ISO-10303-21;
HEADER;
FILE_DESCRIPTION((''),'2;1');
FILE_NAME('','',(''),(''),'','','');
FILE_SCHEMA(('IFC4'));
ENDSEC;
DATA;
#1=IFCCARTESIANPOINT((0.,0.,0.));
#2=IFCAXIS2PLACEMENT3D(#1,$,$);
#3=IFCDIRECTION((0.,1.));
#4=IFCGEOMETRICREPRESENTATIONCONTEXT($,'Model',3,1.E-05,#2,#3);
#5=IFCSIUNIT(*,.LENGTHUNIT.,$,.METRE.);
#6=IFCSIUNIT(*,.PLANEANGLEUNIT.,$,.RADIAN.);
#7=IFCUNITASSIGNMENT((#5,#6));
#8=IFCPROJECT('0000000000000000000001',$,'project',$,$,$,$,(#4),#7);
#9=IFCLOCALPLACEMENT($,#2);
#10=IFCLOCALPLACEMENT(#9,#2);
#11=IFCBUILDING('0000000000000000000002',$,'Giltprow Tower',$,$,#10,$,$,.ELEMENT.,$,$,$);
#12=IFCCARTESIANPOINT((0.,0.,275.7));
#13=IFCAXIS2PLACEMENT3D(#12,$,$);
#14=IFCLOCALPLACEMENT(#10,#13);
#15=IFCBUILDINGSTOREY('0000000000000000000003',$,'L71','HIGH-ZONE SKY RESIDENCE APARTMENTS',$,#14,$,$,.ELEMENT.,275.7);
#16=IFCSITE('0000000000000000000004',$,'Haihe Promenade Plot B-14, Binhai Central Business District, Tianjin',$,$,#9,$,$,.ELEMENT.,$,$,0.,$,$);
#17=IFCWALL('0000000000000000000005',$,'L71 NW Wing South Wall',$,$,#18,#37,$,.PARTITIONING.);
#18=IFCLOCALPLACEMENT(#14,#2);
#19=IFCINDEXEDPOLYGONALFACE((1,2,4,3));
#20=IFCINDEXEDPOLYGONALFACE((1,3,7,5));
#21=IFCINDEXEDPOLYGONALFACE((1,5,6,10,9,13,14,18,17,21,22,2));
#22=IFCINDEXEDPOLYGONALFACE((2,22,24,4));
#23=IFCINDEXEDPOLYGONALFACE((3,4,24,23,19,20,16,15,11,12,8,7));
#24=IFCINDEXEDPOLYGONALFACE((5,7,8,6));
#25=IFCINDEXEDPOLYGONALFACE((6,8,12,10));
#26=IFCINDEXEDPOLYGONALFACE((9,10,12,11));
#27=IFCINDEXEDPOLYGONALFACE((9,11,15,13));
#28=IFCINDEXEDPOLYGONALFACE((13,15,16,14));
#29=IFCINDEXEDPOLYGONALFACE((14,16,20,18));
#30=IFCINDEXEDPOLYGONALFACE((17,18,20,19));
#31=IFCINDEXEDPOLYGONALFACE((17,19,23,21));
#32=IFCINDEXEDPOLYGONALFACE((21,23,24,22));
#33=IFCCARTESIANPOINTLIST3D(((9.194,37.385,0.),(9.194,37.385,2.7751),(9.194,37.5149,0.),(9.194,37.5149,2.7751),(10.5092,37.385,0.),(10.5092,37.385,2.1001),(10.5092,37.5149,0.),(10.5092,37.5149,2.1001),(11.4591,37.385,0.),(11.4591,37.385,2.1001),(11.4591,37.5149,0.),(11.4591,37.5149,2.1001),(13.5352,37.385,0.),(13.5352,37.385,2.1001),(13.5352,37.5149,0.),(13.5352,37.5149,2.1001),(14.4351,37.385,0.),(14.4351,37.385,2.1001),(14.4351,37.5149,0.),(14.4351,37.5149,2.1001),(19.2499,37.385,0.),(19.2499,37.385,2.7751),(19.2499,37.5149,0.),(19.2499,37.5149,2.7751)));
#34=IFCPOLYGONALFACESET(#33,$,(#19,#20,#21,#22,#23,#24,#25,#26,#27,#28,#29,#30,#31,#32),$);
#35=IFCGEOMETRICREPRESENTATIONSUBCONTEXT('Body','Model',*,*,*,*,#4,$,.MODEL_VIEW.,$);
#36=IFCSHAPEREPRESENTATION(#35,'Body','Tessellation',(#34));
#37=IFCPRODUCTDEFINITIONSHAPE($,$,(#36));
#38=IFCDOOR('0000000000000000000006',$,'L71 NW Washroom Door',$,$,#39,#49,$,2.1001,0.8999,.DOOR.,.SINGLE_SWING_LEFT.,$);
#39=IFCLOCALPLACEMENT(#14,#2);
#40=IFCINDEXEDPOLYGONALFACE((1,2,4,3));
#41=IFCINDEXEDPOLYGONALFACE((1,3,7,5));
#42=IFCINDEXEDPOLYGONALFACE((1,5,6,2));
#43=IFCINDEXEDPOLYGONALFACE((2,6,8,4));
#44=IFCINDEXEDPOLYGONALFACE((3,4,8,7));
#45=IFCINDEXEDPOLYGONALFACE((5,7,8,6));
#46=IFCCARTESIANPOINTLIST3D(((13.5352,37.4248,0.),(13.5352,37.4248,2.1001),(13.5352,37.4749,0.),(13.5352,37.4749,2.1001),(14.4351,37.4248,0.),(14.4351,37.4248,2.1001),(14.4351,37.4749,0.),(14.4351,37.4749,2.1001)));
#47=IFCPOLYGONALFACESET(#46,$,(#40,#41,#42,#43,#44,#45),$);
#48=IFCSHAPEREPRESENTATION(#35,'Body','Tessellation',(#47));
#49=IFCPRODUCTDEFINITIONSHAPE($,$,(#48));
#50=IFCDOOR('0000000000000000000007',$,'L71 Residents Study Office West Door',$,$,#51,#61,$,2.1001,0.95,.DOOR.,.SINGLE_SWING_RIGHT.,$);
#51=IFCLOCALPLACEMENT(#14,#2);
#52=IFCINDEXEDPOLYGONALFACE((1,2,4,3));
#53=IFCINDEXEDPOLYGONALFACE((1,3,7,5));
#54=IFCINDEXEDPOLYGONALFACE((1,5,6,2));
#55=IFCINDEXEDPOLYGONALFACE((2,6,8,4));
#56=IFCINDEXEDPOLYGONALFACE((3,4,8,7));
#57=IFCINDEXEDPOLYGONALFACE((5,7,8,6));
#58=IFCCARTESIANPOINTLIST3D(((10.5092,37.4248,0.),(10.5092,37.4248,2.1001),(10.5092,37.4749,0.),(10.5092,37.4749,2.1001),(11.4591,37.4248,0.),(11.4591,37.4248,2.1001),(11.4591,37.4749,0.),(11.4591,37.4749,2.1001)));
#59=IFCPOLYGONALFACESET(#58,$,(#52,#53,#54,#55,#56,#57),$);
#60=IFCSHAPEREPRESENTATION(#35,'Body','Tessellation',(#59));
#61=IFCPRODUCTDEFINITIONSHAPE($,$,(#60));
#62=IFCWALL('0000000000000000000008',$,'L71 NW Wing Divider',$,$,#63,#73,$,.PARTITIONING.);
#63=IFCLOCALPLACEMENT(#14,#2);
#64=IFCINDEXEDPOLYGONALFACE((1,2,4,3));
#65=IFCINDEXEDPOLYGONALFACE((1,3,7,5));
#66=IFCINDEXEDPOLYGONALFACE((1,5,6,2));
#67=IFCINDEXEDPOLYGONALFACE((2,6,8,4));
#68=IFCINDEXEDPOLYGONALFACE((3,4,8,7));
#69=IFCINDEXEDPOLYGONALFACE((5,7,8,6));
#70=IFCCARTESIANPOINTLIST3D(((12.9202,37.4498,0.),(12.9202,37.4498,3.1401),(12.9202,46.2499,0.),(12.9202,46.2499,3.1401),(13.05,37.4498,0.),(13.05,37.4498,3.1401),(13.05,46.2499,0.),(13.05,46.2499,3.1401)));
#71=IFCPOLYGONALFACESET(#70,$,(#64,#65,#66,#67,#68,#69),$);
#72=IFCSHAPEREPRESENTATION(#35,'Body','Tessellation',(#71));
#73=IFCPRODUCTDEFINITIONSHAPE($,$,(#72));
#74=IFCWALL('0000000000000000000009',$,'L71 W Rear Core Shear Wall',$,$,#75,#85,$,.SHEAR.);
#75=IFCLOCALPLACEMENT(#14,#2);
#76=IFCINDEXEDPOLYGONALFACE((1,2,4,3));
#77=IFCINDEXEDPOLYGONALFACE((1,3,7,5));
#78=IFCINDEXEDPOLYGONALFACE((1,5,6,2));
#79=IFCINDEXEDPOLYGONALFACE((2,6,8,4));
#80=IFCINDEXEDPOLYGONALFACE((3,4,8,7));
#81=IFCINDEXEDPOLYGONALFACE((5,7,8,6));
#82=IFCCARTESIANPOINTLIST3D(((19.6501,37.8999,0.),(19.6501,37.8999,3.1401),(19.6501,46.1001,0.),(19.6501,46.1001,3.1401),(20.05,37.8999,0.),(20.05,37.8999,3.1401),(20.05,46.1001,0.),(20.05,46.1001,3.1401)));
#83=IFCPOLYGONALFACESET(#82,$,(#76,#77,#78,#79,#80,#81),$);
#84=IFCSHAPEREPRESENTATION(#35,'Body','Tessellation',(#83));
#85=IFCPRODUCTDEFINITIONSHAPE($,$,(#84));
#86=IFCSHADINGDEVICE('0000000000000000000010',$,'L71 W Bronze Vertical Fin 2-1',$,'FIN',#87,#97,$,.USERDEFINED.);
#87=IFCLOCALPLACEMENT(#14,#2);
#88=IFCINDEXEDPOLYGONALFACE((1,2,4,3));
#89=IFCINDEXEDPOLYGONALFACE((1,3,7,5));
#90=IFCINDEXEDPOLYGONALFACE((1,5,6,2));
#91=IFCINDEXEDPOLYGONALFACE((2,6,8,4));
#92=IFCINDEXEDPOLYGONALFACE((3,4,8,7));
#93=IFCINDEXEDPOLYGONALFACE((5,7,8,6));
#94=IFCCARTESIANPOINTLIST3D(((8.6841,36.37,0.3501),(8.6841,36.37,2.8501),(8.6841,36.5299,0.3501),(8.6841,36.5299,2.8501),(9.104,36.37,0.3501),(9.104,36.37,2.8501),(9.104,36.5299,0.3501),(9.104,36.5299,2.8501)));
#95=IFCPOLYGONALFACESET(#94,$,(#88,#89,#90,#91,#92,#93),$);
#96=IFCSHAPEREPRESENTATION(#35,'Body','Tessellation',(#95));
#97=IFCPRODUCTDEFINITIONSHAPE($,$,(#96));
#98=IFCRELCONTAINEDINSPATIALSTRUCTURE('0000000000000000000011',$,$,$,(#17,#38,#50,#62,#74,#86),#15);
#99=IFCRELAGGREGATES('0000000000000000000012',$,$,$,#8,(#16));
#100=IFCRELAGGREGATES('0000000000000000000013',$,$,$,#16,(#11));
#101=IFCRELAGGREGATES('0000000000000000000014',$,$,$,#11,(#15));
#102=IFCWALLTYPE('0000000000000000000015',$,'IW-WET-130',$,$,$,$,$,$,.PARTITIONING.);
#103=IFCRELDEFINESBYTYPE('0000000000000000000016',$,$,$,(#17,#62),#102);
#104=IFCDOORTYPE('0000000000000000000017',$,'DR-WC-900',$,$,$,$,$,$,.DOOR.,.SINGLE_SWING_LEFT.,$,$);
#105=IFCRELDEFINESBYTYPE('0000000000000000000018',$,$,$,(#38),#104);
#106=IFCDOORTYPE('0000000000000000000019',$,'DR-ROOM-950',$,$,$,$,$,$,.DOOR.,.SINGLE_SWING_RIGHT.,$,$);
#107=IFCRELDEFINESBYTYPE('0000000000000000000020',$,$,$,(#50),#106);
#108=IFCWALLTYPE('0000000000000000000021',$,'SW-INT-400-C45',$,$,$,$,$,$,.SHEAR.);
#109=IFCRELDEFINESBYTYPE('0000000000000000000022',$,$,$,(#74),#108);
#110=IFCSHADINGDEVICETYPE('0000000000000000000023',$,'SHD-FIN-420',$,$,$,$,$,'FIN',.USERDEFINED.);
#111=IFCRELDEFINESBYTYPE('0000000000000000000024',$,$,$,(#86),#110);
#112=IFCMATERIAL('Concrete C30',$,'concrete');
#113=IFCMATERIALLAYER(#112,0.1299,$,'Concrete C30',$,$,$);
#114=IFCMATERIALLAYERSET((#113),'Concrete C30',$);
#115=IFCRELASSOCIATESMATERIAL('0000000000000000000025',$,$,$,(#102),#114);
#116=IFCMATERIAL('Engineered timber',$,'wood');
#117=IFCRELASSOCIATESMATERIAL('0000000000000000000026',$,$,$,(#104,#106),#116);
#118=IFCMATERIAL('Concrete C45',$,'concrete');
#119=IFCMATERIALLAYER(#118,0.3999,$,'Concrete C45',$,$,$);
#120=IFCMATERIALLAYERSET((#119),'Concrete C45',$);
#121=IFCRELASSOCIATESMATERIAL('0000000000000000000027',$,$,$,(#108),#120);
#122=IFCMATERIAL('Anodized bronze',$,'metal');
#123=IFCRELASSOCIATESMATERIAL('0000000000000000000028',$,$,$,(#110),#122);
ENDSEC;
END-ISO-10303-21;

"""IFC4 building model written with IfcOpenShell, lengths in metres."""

from ifc_helpers import new_model, si_unit, direction, frame, frame_2d, origin, origin_2d, place, context, subcontext, project, spatial, rectangle, extrude, source, transform, mapped, material, layer, layer_set, type_object, element, fill, save


model = new_model("IFC4")

# Units and contexts
model_context = context("Model", 3, precision=1e-05, world=origin(), true_north=direction((0.0, 1.0)))
body_context = subcontext(model_context, "Body", "Model", "MODEL_VIEW")
ifc_project = project(units=[si_unit("LENGTHUNIT", "METRE"), si_unit("PLANEANGLEUNIT", "RADIAN")], contexts=[model_context])

# Site, building, storey
site_placement = place(None, origin())
site = spatial("IfcSite", under=ifc_project, at=site_placement, Name="Haihe Promenade Plot B-14, Binhai Central Business District, Tianjin", CompositionType="ELEMENT", RefElevation=0.0)
building_placement = place(site_placement, origin())
building = spatial("IfcBuilding", under=site, at=building_placement, Name="Giltprow Tower", CompositionType="ELEMENT")
storey_placement = place(building_placement, frame((0.0, 0.0, 275.7)))
storey = spatial("IfcBuildingStorey", under=building, at=storey_placement, Name="L71", Description="HIGH-ZONE SKY RESIDENCE APARTMENTS", CompositionType="ELEMENT", Elevation=275.7)

# Shared definitions
ifc_material_1 = material(Name="Concrete C45", Category="concrete")

# Shared definitions
ifc_material_2 = material(Name="Engineered timber", Category="wood")

# Wall, openings, doors
ifc_material_3 = material(Name="Concrete C30", Category="concrete")
ifc_layer_1 = layer(ifc_material_3, 0.1299, Name="Concrete C30")
ifc_layer_set_1 = layer_set([ifc_layer_1], Name="Concrete C30")
wall_type_1 = type_object("IfcWallType", Name="IW-WET-130", PredefinedType="PARTITIONING", material=ifc_layer_set_1)
wall_1_placement = place(storey_placement, frame((9.1941, 37.45, 0.0), z_axis=(0.0, 0.0, 1.0), x_axis=(1.0, 0.0, 0.0)))
wall_1 = element("IfcWall", 1, at=wall_1_placement, inside=storey, type_object=wall_type_1, Name="L71 NW Wing South Wall", PredefinedType="PARTITIONING", context=body_context, shape_type="SweptSolid", body=[
    extrude(rectangle(XDim=10.0559, YDim=0.1299, at=frame_2d((5.0278, 0.0))), origin(), (0.0, 0.0, 1.0), 2.7751),
])
opening_1_placement = place(wall_1_placement, frame((1.3149, 0.0, 0.0)))
opening_1 = element("IfcOpeningElement", 2, at=opening_1_placement, cuts=wall_1, PredefinedType="OPENING", context=body_context, shape_type="SweptSolid", body=[
    extrude(rectangle(XDim=0.95, YDim=2.1001, at=frame_2d((0.4751, 1.05))), frame((0.0, 0.075, 0.0), z_axis=(0.0, -1.0, 0.0), x_axis=(1.0, 0.0, 0.0)), (0.0, 0.0, 1.0), 0.1499),
])
opening_2_placement = place(wall_1_placement, frame((4.3411, 0.0, 0.0)))
opening_2 = element("IfcOpeningElement", 3, at=opening_2_placement, cuts=wall_1, PredefinedType="OPENING", context=body_context, shape_type="SweptSolid", body=[
    extrude(rectangle(XDim=0.8999, YDim=2.1001, at=frame_2d((0.45, 1.05))), frame((0.0, 0.075, 0.0), z_axis=(0.0, -1.0, 0.0), x_axis=(1.0, 0.0, 0.0)), (0.0, 0.0, 1.0), 0.1499),
])
door_type_1 = type_object("IfcDoorType", Name="DR-WC-900", OperationType="SINGLE_SWING_LEFT", PredefinedType="DOOR", material=ifc_material_2)
shared_shape_1 = source(origin(), body_context, "Body", "SweptSolid", [
    extrude(rectangle(XDim=0.8999, YDim=2.1001, at=frame_2d((0.45, 1.05))), frame((0.0, 0.0249, 0.0), z_axis=(0.0, -1.0, 0.0), x_axis=(1.0, 0.0, 0.0)), (0.0, 0.0, 1.0), 0.05),
])
door_1_placement = place(opening_2_placement, origin())
door_1 = element("IfcDoor", 4, at=door_1_placement, inside=storey, type_object=door_type_1, Name="L71 NW Washroom Door", OperationType="SINGLE_SWING_LEFT", OverallHeight=2.1001, OverallWidth=0.8999, PredefinedType="DOOR", context=body_context, shape_type="MappedRepresentation", body=[
    mapped(shared_shape_1, transform((0.0, 0.0, 0.0), x_axis=(1.0, 0.0, 0.0), y_axis=(0.0, 1.0, 0.0), z_axis=(0.0, 0.0, 1.0), scale=1.0)),
])
fill(opening_2, door_1)
door_type_2 = type_object("IfcDoorType", Name="DR-ROOM-950", OperationType="SINGLE_SWING_RIGHT", PredefinedType="DOOR", material=ifc_material_2)
shared_shape_2 = source(origin(), body_context, "Body", "SweptSolid", [
    extrude(rectangle(XDim=0.95, YDim=2.1001, at=frame_2d((0.4751, 1.05))), frame((0.0, 0.0249, 0.0), z_axis=(0.0, -1.0, 0.0), x_axis=(1.0, 0.0, 0.0)), (0.0, 0.0, 1.0), 0.05),
])
door_2_placement = place(opening_1_placement, origin())
door_2 = element("IfcDoor", 5, at=door_2_placement, inside=storey, type_object=door_type_2, Name="L71 Residents Study Office West Door", OperationType="SINGLE_SWING_RIGHT", OverallHeight=2.1001, OverallWidth=0.95, PredefinedType="DOOR", context=body_context, shape_type="MappedRepresentation", body=[
    mapped(shared_shape_2, transform((0.0, 0.0, 0.0), x_axis=(1.0, 0.0, 0.0), y_axis=(0.0, 1.0, 0.0), z_axis=(0.0, 0.0, 1.0), scale=1.0)),
])
fill(opening_1, door_2)

# Walls
wall_2_placement = place(storey_placement, frame((12.9851, 37.45, 0.0), z_axis=(0.0, 0.0, 1.0), x_axis=(0.0, 1.0, 0.0)))
element("IfcWall", 6, at=wall_2_placement, inside=storey, type_object=wall_type_1, Name="L71 NW Wing Divider", PredefinedType="PARTITIONING", context=body_context, shape_type="SweptSolid", body=[
    extrude(rectangle(XDim=8.8, YDim=0.1299, at=frame_2d((4.3999, 0.0))), origin(), (0.0, 0.0, 1.0), 3.1401),
])
ifc_layer_2 = layer(ifc_material_1, 0.3999, Name="Concrete C45")
ifc_layer_set_2 = layer_set([ifc_layer_2], Name="Concrete C45")
wall_type_2 = type_object("IfcWallType", Name="SW-INT-400-C45", PredefinedType="SHEAR", material=ifc_layer_set_2)
wall_3_placement = place(storey_placement, frame((19.8501, 37.8999, 0.0), z_axis=(0.0, 0.0, 1.0), x_axis=(0.0, 1.0, 0.0)))
element("IfcWall", 7, at=wall_3_placement, inside=storey, type_object=wall_type_2, Name="L71 W Rear Core Shear Wall", PredefinedType="SHEAR", context=body_context, shape_type="SweptSolid", body=[
    extrude(rectangle(XDim=8.2002, YDim=0.3999, at=frame_2d((4.1001, 0.0))), origin(), (0.0, 0.0, 1.0), 3.1401),
])

# Shading device
ifc_material_4 = material(Name="Anodized bronze", Category="metal")
shading_device_type = type_object("IfcShadingDeviceType", Name="SHD-FIN-420", ElementType="FIN", PredefinedType="USERDEFINED", material=ifc_material_4)
shared_shape_3 = source(origin(), body_context, "Body", "SweptSolid", [
    extrude(rectangle(XDim=0.4199, YDim=0.1599, at=origin_2d()), origin(), (0.0, 0.0, 1.0), 2.5),
])
shading_device_placement = place(storey_placement, frame((8.894, 36.45, 0.3501), z_axis=(0.0, 0.0, 1.0), x_axis=(1.0, 0.0, 0.0)))
element("IfcShadingDevice", 8, at=shading_device_placement, inside=storey, type_object=shading_device_type, Name="L71 W Bronze Vertical Fin 2-1", ObjectType="FIN", PredefinedType="USERDEFINED", context=body_context, shape_type="MappedRepresentation", body=[
    mapped(shared_shape_3, transform((0.0, 0.0, 0.0), x_axis=(1.0, 0.0, 0.0), y_axis=(0.0, 1.0, 0.0), z_axis=(0.0, 0.0, 1.0), scale=1.0)),
])

save(model, "model.ifc")
